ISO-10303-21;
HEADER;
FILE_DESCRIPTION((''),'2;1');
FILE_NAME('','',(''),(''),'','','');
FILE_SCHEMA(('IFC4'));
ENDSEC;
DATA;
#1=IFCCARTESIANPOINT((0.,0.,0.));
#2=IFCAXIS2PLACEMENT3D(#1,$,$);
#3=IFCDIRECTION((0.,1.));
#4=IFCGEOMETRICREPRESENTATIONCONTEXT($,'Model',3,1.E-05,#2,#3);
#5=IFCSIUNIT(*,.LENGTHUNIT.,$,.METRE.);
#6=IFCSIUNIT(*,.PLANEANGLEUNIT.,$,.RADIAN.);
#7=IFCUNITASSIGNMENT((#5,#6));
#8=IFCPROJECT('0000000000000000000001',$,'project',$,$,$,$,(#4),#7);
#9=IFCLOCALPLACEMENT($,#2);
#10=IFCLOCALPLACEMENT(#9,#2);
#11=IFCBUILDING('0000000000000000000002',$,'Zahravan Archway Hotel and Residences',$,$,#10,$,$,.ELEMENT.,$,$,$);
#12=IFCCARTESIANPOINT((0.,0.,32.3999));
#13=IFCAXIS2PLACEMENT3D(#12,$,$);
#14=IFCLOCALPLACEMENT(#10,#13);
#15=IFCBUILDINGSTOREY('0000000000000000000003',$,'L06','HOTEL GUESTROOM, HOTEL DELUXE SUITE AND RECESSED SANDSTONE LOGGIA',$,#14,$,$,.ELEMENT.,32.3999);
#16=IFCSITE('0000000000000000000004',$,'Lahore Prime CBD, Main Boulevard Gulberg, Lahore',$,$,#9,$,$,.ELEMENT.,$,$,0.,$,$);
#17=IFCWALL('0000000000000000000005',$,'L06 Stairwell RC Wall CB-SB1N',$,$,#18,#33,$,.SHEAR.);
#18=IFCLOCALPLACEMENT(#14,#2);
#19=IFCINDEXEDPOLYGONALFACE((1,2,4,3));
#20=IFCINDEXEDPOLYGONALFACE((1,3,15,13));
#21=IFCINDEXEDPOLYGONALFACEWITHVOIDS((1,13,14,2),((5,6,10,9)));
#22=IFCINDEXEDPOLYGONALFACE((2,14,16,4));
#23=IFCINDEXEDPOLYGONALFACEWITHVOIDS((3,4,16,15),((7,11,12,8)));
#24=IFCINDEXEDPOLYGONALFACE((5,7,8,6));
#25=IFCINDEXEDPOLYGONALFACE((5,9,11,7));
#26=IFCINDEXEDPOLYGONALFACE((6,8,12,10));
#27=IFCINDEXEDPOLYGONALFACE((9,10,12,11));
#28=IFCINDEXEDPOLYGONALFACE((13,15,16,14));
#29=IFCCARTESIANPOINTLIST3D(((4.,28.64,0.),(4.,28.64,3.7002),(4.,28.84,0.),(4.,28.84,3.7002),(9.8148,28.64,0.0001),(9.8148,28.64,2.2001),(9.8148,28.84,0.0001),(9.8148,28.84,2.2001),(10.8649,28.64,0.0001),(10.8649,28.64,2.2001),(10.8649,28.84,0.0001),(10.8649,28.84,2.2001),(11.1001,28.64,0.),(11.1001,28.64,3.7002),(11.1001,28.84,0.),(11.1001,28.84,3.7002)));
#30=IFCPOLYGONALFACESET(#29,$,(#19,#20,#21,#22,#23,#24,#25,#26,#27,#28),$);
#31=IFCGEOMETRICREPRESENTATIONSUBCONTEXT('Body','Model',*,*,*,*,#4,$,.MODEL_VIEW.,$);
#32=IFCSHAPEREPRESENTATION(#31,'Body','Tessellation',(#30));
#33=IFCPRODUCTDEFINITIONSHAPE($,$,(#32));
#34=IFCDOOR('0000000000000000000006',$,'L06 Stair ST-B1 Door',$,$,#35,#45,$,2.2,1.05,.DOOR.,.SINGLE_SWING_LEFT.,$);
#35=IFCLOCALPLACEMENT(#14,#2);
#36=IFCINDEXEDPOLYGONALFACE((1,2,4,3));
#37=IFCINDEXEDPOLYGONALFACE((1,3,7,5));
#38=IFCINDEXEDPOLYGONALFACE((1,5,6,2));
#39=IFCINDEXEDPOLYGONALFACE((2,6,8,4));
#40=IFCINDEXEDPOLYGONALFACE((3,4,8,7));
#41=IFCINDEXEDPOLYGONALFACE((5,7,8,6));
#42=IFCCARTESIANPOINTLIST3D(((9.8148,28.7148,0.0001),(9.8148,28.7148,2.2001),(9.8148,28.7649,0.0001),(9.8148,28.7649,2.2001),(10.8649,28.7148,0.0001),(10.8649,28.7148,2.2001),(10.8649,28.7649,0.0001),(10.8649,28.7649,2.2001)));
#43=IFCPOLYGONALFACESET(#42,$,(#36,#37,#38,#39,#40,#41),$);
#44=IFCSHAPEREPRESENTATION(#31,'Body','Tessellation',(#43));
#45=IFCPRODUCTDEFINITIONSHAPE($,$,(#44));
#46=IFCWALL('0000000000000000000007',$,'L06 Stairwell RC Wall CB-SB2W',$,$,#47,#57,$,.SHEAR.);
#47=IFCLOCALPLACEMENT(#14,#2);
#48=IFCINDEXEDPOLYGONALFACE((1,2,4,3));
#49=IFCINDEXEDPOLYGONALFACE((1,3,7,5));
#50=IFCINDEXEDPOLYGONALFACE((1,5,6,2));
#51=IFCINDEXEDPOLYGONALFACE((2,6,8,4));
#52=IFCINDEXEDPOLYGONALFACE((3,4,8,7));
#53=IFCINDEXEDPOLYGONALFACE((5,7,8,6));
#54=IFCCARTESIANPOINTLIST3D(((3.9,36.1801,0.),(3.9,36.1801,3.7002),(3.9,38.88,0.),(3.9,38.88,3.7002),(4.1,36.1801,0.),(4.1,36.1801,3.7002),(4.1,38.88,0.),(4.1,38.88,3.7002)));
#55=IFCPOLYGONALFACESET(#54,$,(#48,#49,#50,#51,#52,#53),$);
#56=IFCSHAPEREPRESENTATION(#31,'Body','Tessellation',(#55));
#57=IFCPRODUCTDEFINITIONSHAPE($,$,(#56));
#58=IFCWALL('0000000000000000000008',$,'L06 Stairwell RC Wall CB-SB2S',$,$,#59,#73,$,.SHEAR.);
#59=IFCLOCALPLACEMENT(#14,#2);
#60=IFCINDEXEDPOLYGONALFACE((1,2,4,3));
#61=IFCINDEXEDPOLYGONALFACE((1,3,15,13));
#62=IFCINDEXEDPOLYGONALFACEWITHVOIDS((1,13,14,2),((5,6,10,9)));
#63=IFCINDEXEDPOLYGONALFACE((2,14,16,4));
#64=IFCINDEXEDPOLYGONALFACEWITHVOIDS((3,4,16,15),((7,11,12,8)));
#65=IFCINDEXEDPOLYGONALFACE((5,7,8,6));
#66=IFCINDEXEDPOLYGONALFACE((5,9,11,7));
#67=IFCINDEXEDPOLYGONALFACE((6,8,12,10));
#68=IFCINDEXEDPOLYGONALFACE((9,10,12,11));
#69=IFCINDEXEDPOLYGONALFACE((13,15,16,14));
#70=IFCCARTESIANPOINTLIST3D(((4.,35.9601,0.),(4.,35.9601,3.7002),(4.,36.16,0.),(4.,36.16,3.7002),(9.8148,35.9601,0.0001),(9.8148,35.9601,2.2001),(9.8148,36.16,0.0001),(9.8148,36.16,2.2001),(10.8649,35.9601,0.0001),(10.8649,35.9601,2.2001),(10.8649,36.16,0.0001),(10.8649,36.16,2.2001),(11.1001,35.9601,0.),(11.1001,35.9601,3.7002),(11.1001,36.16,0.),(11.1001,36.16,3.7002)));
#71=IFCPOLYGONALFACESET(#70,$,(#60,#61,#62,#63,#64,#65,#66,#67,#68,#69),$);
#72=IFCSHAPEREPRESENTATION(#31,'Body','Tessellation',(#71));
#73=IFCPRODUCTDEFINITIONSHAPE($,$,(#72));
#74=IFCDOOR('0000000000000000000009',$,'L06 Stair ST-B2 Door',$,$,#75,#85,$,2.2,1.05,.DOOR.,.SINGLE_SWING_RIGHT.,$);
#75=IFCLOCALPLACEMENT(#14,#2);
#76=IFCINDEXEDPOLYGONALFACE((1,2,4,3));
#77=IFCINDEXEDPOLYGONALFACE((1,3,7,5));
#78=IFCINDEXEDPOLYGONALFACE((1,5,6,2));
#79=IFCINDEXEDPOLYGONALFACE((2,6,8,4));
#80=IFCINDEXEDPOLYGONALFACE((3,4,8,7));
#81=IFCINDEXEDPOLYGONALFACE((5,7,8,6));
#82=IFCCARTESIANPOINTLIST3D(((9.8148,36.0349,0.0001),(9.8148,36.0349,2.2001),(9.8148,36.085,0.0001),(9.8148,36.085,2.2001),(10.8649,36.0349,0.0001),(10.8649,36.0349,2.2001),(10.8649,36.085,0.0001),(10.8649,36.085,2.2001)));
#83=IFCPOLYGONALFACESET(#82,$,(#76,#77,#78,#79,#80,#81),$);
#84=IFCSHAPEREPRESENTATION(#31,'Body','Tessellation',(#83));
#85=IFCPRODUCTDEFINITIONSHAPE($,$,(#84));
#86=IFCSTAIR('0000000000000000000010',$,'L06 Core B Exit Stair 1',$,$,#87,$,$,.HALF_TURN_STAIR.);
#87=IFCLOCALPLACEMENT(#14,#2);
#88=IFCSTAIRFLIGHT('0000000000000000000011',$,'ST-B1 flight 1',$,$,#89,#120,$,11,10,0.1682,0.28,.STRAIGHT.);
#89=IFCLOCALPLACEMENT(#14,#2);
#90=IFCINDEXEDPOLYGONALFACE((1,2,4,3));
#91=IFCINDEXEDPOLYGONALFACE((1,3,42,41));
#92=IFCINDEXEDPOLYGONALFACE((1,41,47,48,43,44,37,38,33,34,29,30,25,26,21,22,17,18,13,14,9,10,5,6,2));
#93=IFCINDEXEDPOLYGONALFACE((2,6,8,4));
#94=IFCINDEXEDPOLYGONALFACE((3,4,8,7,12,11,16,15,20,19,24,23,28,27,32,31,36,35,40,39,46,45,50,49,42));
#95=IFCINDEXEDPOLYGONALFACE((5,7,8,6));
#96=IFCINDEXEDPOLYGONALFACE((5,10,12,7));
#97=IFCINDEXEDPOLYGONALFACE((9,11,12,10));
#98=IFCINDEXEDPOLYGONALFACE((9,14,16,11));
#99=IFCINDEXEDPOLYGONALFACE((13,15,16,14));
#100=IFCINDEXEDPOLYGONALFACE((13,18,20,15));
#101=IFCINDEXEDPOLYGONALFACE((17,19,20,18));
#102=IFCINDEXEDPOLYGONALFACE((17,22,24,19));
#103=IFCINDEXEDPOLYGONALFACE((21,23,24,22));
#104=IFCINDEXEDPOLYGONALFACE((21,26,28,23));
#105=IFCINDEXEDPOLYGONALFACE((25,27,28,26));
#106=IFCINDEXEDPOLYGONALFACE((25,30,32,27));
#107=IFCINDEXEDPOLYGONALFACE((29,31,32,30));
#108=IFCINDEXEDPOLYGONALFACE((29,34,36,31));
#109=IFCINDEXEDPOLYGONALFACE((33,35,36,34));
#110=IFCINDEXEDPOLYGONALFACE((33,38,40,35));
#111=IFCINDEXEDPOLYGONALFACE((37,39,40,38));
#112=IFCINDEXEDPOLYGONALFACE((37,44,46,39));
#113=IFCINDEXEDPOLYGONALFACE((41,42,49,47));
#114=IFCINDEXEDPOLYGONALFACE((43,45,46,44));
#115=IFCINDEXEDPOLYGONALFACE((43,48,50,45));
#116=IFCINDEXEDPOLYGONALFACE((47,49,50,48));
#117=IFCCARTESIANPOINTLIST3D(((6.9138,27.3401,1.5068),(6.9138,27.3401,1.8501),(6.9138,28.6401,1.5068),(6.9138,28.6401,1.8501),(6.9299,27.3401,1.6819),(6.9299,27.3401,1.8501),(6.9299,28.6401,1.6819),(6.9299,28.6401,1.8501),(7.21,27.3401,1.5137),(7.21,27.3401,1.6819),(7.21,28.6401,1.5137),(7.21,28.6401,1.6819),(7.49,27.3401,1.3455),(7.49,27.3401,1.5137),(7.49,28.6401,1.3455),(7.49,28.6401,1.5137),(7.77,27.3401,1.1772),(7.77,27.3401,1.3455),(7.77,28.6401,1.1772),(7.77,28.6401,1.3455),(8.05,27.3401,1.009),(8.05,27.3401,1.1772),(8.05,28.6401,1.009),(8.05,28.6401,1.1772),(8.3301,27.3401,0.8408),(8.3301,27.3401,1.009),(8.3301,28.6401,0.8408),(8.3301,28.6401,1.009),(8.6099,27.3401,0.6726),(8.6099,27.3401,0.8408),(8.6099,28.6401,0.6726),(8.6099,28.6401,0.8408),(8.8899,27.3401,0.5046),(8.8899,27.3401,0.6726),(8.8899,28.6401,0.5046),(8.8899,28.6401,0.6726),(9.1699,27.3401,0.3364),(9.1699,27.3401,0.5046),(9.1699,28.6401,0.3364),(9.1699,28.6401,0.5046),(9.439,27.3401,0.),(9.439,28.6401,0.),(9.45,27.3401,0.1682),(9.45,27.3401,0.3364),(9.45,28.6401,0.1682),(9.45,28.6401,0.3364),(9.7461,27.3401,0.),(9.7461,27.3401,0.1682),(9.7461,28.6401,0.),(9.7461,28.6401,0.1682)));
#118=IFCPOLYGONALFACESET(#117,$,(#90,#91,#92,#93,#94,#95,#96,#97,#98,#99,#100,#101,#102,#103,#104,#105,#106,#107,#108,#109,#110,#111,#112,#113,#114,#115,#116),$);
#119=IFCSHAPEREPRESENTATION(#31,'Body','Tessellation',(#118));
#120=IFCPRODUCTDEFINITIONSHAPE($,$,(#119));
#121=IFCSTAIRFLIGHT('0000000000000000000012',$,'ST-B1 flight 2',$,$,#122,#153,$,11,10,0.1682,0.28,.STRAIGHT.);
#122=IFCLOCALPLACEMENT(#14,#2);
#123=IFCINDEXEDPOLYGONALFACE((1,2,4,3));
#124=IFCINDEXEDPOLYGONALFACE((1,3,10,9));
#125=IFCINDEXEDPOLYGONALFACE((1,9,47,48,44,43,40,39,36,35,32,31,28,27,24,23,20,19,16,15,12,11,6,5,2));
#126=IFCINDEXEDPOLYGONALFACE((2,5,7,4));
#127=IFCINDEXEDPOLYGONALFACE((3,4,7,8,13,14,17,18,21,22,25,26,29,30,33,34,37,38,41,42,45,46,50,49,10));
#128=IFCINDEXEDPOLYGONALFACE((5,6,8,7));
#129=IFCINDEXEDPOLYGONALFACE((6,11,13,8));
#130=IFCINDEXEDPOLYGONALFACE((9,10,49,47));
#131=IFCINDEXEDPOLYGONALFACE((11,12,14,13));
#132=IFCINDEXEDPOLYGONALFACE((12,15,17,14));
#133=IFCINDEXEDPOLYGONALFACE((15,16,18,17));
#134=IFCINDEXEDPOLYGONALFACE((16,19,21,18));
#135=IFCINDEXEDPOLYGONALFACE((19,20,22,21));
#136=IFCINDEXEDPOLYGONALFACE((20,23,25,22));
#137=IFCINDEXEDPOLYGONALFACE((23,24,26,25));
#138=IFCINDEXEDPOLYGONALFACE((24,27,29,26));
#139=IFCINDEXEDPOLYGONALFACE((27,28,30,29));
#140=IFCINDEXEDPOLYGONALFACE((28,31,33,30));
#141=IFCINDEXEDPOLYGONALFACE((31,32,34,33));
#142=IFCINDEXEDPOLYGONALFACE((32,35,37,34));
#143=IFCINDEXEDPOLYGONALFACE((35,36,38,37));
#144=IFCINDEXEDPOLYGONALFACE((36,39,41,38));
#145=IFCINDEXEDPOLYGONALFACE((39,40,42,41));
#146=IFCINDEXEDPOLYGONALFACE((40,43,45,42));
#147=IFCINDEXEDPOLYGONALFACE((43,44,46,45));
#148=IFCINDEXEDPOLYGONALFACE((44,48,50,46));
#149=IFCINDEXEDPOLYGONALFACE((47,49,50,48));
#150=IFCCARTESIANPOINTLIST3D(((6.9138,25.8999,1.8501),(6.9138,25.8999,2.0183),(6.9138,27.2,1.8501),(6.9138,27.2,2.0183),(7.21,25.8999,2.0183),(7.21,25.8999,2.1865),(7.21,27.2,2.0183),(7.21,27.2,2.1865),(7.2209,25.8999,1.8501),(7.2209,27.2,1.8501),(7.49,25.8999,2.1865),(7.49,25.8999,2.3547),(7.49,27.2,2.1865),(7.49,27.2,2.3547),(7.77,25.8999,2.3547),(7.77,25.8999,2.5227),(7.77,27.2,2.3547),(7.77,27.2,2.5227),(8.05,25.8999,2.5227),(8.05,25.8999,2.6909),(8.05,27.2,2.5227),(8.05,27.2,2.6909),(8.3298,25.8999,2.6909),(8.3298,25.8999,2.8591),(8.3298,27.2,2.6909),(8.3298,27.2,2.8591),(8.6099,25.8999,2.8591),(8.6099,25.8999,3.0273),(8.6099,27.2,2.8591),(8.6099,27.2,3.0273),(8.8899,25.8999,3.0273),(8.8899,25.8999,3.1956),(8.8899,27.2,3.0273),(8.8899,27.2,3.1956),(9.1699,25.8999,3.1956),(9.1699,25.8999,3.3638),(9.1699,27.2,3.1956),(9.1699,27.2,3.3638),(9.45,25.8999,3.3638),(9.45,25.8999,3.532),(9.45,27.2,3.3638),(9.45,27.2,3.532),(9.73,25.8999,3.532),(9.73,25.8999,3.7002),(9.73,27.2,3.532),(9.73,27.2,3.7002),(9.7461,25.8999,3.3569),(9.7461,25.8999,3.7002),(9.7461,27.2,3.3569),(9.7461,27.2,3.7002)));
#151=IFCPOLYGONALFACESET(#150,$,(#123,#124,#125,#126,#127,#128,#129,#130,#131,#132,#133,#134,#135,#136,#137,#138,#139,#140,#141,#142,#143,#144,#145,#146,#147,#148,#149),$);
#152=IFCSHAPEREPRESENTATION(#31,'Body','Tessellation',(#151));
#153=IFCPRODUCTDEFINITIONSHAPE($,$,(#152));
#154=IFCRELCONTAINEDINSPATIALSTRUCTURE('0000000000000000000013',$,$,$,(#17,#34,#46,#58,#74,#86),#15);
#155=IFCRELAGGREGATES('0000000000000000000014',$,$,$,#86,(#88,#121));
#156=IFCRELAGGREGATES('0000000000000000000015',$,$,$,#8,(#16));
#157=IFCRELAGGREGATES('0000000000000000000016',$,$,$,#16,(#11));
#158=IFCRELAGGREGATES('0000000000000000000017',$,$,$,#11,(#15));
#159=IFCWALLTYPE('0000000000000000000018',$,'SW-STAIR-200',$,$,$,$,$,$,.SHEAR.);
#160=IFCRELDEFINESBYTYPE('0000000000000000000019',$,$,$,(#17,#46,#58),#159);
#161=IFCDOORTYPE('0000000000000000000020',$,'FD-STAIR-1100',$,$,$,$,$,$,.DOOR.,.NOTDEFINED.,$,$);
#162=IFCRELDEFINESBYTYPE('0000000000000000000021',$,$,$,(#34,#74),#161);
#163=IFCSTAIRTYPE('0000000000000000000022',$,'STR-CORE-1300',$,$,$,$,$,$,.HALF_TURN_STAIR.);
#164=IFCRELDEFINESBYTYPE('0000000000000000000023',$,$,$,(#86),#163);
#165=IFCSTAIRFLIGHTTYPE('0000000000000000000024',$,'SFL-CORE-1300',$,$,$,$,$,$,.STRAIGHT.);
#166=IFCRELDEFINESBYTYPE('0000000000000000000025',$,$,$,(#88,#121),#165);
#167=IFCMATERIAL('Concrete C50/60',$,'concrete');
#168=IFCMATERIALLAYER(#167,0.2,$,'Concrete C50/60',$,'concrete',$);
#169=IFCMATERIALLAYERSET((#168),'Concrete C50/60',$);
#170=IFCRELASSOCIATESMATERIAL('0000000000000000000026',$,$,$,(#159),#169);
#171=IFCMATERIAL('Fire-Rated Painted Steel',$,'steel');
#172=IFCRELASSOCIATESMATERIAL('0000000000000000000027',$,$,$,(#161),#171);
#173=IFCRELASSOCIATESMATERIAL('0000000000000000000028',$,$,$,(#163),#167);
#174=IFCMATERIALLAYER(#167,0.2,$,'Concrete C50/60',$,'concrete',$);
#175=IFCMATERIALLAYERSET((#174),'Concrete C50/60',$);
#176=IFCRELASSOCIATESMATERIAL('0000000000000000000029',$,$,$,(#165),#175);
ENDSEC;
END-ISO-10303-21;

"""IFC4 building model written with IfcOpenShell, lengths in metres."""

from ifc_helpers import new_model, si_unit, direction, frame, frame_2d, origin, place, context, subcontext, project, spatial, polyline, rectangle, outline, extrude, source, transform, mapped, material, layer, layer_set, type_object, type_shapes, element, fill, aggregate, save


model = new_model("IFC4")

# Units and contexts
model_context = context("Model", 3, precision=1e-05, world=origin(), true_north=direction((0.0, 1.0)))
body_context = subcontext(model_context, "Body", "Model", "MODEL_VIEW")
ifc_project = project(units=[si_unit("LENGTHUNIT", "METRE"), si_unit("PLANEANGLEUNIT", "RADIAN")], contexts=[model_context])

# Site, building, storey
site_placement = place(None, origin())
site = spatial("IfcSite", under=ifc_project, at=site_placement, Name="Lahore Prime CBD, Main Boulevard Gulberg, Lahore", CompositionType="ELEMENT", RefElevation=0.0)
building_placement = place(site_placement, origin())
building = spatial("IfcBuilding", under=site, at=building_placement, Name="Zahravan Archway Hotel and Residences", CompositionType="ELEMENT")
storey_placement = place(building_placement, frame((0.0, 0.0, 32.3999)))
storey = spatial("IfcBuildingStorey", under=building, at=storey_placement, Name="L06", Description="HOTEL GUESTROOM, HOTEL DELUXE SUITE AND RECESSED SANDSTONE LOGGIA", CompositionType="ELEMENT", Elevation=32.3999)

# Shared definitions
ifc_material_1 = material(Name="Fire-Rated Painted Steel", Category="steel")

# Shared definitions
ifc_material_2 = material(Name="Concrete C50/60", Category="concrete")
ifc_layer_1 = layer(ifc_material_2, 0.2, Name="Concrete C50/60", Category="concrete")
ifc_layer_set_1 = layer_set([ifc_layer_1], Name="Concrete C50/60")
wall_type_1 = type_object("IfcWallType", Name="SW-STAIR-200", PredefinedType="SHEAR", material=ifc_layer_set_1)

# Wall, opening, door
wall_1_placement = place(storey_placement, frame((4.0, 28.74, 0.0), z_axis=(0.0, 0.0, 1.0), x_axis=(1.0, 0.0, 0.0)))
wall_1 = element("IfcWall", 1, at=wall_1_placement, inside=storey, type_object=wall_type_1, Name="L06 Stairwell RC Wall CB-SB1N", PredefinedType="SHEAR", context=body_context, shape_type="SweptSolid", body=[
    extrude(rectangle(XDim=7.1001, YDim=0.2, at=frame_2d((3.55, 0.0))), origin(), (0.0, 0.0, 1.0), 3.7002),
])
opening_1_placement = place(wall_1_placement, frame((5.8149, 0.0, 0.0)))
opening_1 = element("IfcOpeningElement", 2, at=opening_1_placement, cuts=wall_1, PredefinedType="OPENING", context=body_context, shape_type="SweptSolid", body=[
    extrude(rectangle(XDim=1.05, YDim=2.2, at=frame_2d((0.5249, 1.1001))), frame((0.0, 0.1099, 0.0), z_axis=(0.0, -1.0, 0.0), x_axis=(1.0, 0.0, 0.0)), (0.0, 0.0, 1.0), 0.22),
])
door_type_1 = type_object("IfcDoorType", Name="FD-STAIR-1100", OperationType="NOTDEFINED", PredefinedType="DOOR", material=ifc_material_1)
shared_shape_1 = source(origin(), body_context, "Body", "SweptSolid", [
    extrude(rectangle(XDim=1.05, YDim=2.2, at=frame_2d((0.5249, 1.1001))), frame((0.0, 0.0249, 0.0), z_axis=(0.0, -1.0, 0.0), x_axis=(1.0, 0.0, 0.0)), (0.0, 0.0, 1.0), 0.05),
])
type_shapes(door_type_1, [shared_shape_1])
door_1_placement = place(opening_1_placement, origin())
door_1 = element("IfcDoor", 3, at=door_1_placement, inside=storey, type_object=door_type_1, Name="L06 Stair ST-B1 Door", OperationType="SINGLE_SWING_LEFT", OverallHeight=2.2, OverallWidth=1.05, PredefinedType="DOOR", context=body_context, shape_type="MappedRepresentation", body=[
    mapped(shared_shape_1, transform((0.0, 0.0, 0.0), scale=1.0)),
])
fill(opening_1, door_1)

# Wall
wall_2_placement = place(storey_placement, frame((4.0, 36.1799, 0.0), z_axis=(0.0, 0.0, 1.0), x_axis=(0.0, 1.0, 0.0)))
element("IfcWall", 4, at=wall_2_placement, inside=storey, type_object=wall_type_1, Name="L06 Stairwell RC Wall CB-SB2W", PredefinedType="SHEAR", context=body_context, shape_type="SweptSolid", body=[
    extrude(rectangle(XDim=2.7, YDim=0.2, at=frame_2d((1.3501, 0.0))), origin(), (0.0, 0.0, 1.0), 3.7002),
])

# Wall, opening, door
wall_3_placement = place(storey_placement, frame((4.0, 36.0601, 0.0), z_axis=(0.0, 0.0, 1.0), x_axis=(1.0, 0.0, 0.0)))
wall_3 = element("IfcWall", 5, at=wall_3_placement, inside=storey, type_object=wall_type_1, Name="L06 Stairwell RC Wall CB-SB2S", PredefinedType="SHEAR", context=body_context, shape_type="SweptSolid", body=[
    extrude(rectangle(XDim=7.1001, YDim=0.2, at=frame_2d((3.55, 0.0))), origin(), (0.0, 0.0, 1.0), 3.7002),
])
opening_2_placement = place(wall_3_placement, frame((5.8149, 0.0, 0.0)))
opening_2 = element("IfcOpeningElement", 6, at=opening_2_placement, cuts=wall_3, PredefinedType="OPENING", context=body_context, shape_type="SweptSolid", body=[
    extrude(rectangle(XDim=1.05, YDim=2.2, at=frame_2d((0.5249, 1.1001))), frame((0.0, 0.1099, 0.0), z_axis=(0.0, -1.0, 0.0), x_axis=(1.0, 0.0, 0.0)), (0.0, 0.0, 1.0), 0.22),
])
door_2_placement = place(opening_2_placement, origin())
door_2 = element("IfcDoor", 7, at=door_2_placement, inside=storey, type_object=door_type_1, Name="L06 Stair ST-B2 Door", OperationType="SINGLE_SWING_RIGHT", OverallHeight=2.2, OverallWidth=1.05, PredefinedType="DOOR", context=body_context, shape_type="MappedRepresentation", body=[
    mapped(shared_shape_1, transform((0.0, 0.0, 0.0), scale=1.0)),
])
fill(opening_2, door_2)

# Stair, stair flights
stair_type = type_object("IfcStairType", Name="STR-CORE-1300", PredefinedType="HALF_TURN_STAIR", material=ifc_material_2)
stair_1_placement = place(storey_placement, origin())
stair_1 = element("IfcStair", 8, at=stair_1_placement, inside=storey, type_object=stair_type, Name="L06 Core B Exit Stair 1", PredefinedType="HALF_TURN_STAIR")
ifc_layer_2 = layer(ifc_material_2, 0.2, Name="Concrete C50/60", Category="concrete")
ifc_layer_set_2 = layer_set([ifc_layer_2], Name="Concrete C50/60")
stair_flight_type = type_object("IfcStairFlightType", Name="SFL-CORE-1300", PredefinedType="STRAIGHT", material=ifc_layer_set_2)
shared_shape_2 = source(origin(), body_context, "Body", "SweptSolid", [
    extrude(outline(polyline([(-0.0161, 0.0), (-0.0161, 0.1682), (0.28, 0.1682), (0.28, 0.3364), (0.5601, 0.3364), (0.5601, 0.5046), (0.8401, 0.5046), (0.8401, 0.6726), (1.1201, 0.6726), (1.1201, 0.8408), (1.3999, 0.8408), (1.3999, 1.009), (1.6799, 1.009), (1.6799, 1.1772), (1.96, 1.1772), (1.96, 1.3455), (2.24, 1.3455), (2.24, 1.5137), (2.52, 1.5137), (2.52, 1.6819), (2.8, 1.6819), (2.8, 1.8501), (2.8162, 1.8501), (2.8162, 1.5068), (0.291, 0.0), (-0.0161, 0.0)])), frame((0.0, 0.6499, 0.0), z_axis=(0.0, -1.0, 0.0), x_axis=(1.0, 0.0, 0.0)), (0.0, 0.0, 1.0), 1.3),
])
stair_flight_1_placement = place(storey_placement, frame((9.73, 27.99, 0.0), z_axis=(0.0, 0.0, 1.0), x_axis=(-1.0, 0.0, 0.0)))
stair_flight_1 = element("IfcStairFlight", 9, at=stair_flight_1_placement, type_object=stair_flight_type, Name="ST-B1 flight 1", NumberOfRisers=11, NumberOfTreads=10, PredefinedType="STRAIGHT", RiserHeight=0.1682, TreadLength=0.28, context=body_context, shape_type="MappedRepresentation", body=[
    mapped(shared_shape_2, transform((0.0, 0.0, 0.0), scale=1.0)),
])
stair_flight_2_placement = place(storey_placement, frame((6.9299, 26.55, 1.8501), z_axis=(0.0, 0.0, 1.0), x_axis=(1.0, 0.0, 0.0)))
stair_flight_2 = element("IfcStairFlight", 10, at=stair_flight_2_placement, type_object=stair_flight_type, Name="ST-B1 flight 2", NumberOfRisers=11, NumberOfTreads=10, PredefinedType="STRAIGHT", RiserHeight=0.1682, TreadLength=0.28, context=body_context, shape_type="MappedRepresentation", body=[
    mapped(shared_shape_2, transform((0.0, 0.0, 0.0), scale=1.0)),
])
aggregate(stair_1, [stair_flight_1, stair_flight_2])

save(model, "model.ifc")
